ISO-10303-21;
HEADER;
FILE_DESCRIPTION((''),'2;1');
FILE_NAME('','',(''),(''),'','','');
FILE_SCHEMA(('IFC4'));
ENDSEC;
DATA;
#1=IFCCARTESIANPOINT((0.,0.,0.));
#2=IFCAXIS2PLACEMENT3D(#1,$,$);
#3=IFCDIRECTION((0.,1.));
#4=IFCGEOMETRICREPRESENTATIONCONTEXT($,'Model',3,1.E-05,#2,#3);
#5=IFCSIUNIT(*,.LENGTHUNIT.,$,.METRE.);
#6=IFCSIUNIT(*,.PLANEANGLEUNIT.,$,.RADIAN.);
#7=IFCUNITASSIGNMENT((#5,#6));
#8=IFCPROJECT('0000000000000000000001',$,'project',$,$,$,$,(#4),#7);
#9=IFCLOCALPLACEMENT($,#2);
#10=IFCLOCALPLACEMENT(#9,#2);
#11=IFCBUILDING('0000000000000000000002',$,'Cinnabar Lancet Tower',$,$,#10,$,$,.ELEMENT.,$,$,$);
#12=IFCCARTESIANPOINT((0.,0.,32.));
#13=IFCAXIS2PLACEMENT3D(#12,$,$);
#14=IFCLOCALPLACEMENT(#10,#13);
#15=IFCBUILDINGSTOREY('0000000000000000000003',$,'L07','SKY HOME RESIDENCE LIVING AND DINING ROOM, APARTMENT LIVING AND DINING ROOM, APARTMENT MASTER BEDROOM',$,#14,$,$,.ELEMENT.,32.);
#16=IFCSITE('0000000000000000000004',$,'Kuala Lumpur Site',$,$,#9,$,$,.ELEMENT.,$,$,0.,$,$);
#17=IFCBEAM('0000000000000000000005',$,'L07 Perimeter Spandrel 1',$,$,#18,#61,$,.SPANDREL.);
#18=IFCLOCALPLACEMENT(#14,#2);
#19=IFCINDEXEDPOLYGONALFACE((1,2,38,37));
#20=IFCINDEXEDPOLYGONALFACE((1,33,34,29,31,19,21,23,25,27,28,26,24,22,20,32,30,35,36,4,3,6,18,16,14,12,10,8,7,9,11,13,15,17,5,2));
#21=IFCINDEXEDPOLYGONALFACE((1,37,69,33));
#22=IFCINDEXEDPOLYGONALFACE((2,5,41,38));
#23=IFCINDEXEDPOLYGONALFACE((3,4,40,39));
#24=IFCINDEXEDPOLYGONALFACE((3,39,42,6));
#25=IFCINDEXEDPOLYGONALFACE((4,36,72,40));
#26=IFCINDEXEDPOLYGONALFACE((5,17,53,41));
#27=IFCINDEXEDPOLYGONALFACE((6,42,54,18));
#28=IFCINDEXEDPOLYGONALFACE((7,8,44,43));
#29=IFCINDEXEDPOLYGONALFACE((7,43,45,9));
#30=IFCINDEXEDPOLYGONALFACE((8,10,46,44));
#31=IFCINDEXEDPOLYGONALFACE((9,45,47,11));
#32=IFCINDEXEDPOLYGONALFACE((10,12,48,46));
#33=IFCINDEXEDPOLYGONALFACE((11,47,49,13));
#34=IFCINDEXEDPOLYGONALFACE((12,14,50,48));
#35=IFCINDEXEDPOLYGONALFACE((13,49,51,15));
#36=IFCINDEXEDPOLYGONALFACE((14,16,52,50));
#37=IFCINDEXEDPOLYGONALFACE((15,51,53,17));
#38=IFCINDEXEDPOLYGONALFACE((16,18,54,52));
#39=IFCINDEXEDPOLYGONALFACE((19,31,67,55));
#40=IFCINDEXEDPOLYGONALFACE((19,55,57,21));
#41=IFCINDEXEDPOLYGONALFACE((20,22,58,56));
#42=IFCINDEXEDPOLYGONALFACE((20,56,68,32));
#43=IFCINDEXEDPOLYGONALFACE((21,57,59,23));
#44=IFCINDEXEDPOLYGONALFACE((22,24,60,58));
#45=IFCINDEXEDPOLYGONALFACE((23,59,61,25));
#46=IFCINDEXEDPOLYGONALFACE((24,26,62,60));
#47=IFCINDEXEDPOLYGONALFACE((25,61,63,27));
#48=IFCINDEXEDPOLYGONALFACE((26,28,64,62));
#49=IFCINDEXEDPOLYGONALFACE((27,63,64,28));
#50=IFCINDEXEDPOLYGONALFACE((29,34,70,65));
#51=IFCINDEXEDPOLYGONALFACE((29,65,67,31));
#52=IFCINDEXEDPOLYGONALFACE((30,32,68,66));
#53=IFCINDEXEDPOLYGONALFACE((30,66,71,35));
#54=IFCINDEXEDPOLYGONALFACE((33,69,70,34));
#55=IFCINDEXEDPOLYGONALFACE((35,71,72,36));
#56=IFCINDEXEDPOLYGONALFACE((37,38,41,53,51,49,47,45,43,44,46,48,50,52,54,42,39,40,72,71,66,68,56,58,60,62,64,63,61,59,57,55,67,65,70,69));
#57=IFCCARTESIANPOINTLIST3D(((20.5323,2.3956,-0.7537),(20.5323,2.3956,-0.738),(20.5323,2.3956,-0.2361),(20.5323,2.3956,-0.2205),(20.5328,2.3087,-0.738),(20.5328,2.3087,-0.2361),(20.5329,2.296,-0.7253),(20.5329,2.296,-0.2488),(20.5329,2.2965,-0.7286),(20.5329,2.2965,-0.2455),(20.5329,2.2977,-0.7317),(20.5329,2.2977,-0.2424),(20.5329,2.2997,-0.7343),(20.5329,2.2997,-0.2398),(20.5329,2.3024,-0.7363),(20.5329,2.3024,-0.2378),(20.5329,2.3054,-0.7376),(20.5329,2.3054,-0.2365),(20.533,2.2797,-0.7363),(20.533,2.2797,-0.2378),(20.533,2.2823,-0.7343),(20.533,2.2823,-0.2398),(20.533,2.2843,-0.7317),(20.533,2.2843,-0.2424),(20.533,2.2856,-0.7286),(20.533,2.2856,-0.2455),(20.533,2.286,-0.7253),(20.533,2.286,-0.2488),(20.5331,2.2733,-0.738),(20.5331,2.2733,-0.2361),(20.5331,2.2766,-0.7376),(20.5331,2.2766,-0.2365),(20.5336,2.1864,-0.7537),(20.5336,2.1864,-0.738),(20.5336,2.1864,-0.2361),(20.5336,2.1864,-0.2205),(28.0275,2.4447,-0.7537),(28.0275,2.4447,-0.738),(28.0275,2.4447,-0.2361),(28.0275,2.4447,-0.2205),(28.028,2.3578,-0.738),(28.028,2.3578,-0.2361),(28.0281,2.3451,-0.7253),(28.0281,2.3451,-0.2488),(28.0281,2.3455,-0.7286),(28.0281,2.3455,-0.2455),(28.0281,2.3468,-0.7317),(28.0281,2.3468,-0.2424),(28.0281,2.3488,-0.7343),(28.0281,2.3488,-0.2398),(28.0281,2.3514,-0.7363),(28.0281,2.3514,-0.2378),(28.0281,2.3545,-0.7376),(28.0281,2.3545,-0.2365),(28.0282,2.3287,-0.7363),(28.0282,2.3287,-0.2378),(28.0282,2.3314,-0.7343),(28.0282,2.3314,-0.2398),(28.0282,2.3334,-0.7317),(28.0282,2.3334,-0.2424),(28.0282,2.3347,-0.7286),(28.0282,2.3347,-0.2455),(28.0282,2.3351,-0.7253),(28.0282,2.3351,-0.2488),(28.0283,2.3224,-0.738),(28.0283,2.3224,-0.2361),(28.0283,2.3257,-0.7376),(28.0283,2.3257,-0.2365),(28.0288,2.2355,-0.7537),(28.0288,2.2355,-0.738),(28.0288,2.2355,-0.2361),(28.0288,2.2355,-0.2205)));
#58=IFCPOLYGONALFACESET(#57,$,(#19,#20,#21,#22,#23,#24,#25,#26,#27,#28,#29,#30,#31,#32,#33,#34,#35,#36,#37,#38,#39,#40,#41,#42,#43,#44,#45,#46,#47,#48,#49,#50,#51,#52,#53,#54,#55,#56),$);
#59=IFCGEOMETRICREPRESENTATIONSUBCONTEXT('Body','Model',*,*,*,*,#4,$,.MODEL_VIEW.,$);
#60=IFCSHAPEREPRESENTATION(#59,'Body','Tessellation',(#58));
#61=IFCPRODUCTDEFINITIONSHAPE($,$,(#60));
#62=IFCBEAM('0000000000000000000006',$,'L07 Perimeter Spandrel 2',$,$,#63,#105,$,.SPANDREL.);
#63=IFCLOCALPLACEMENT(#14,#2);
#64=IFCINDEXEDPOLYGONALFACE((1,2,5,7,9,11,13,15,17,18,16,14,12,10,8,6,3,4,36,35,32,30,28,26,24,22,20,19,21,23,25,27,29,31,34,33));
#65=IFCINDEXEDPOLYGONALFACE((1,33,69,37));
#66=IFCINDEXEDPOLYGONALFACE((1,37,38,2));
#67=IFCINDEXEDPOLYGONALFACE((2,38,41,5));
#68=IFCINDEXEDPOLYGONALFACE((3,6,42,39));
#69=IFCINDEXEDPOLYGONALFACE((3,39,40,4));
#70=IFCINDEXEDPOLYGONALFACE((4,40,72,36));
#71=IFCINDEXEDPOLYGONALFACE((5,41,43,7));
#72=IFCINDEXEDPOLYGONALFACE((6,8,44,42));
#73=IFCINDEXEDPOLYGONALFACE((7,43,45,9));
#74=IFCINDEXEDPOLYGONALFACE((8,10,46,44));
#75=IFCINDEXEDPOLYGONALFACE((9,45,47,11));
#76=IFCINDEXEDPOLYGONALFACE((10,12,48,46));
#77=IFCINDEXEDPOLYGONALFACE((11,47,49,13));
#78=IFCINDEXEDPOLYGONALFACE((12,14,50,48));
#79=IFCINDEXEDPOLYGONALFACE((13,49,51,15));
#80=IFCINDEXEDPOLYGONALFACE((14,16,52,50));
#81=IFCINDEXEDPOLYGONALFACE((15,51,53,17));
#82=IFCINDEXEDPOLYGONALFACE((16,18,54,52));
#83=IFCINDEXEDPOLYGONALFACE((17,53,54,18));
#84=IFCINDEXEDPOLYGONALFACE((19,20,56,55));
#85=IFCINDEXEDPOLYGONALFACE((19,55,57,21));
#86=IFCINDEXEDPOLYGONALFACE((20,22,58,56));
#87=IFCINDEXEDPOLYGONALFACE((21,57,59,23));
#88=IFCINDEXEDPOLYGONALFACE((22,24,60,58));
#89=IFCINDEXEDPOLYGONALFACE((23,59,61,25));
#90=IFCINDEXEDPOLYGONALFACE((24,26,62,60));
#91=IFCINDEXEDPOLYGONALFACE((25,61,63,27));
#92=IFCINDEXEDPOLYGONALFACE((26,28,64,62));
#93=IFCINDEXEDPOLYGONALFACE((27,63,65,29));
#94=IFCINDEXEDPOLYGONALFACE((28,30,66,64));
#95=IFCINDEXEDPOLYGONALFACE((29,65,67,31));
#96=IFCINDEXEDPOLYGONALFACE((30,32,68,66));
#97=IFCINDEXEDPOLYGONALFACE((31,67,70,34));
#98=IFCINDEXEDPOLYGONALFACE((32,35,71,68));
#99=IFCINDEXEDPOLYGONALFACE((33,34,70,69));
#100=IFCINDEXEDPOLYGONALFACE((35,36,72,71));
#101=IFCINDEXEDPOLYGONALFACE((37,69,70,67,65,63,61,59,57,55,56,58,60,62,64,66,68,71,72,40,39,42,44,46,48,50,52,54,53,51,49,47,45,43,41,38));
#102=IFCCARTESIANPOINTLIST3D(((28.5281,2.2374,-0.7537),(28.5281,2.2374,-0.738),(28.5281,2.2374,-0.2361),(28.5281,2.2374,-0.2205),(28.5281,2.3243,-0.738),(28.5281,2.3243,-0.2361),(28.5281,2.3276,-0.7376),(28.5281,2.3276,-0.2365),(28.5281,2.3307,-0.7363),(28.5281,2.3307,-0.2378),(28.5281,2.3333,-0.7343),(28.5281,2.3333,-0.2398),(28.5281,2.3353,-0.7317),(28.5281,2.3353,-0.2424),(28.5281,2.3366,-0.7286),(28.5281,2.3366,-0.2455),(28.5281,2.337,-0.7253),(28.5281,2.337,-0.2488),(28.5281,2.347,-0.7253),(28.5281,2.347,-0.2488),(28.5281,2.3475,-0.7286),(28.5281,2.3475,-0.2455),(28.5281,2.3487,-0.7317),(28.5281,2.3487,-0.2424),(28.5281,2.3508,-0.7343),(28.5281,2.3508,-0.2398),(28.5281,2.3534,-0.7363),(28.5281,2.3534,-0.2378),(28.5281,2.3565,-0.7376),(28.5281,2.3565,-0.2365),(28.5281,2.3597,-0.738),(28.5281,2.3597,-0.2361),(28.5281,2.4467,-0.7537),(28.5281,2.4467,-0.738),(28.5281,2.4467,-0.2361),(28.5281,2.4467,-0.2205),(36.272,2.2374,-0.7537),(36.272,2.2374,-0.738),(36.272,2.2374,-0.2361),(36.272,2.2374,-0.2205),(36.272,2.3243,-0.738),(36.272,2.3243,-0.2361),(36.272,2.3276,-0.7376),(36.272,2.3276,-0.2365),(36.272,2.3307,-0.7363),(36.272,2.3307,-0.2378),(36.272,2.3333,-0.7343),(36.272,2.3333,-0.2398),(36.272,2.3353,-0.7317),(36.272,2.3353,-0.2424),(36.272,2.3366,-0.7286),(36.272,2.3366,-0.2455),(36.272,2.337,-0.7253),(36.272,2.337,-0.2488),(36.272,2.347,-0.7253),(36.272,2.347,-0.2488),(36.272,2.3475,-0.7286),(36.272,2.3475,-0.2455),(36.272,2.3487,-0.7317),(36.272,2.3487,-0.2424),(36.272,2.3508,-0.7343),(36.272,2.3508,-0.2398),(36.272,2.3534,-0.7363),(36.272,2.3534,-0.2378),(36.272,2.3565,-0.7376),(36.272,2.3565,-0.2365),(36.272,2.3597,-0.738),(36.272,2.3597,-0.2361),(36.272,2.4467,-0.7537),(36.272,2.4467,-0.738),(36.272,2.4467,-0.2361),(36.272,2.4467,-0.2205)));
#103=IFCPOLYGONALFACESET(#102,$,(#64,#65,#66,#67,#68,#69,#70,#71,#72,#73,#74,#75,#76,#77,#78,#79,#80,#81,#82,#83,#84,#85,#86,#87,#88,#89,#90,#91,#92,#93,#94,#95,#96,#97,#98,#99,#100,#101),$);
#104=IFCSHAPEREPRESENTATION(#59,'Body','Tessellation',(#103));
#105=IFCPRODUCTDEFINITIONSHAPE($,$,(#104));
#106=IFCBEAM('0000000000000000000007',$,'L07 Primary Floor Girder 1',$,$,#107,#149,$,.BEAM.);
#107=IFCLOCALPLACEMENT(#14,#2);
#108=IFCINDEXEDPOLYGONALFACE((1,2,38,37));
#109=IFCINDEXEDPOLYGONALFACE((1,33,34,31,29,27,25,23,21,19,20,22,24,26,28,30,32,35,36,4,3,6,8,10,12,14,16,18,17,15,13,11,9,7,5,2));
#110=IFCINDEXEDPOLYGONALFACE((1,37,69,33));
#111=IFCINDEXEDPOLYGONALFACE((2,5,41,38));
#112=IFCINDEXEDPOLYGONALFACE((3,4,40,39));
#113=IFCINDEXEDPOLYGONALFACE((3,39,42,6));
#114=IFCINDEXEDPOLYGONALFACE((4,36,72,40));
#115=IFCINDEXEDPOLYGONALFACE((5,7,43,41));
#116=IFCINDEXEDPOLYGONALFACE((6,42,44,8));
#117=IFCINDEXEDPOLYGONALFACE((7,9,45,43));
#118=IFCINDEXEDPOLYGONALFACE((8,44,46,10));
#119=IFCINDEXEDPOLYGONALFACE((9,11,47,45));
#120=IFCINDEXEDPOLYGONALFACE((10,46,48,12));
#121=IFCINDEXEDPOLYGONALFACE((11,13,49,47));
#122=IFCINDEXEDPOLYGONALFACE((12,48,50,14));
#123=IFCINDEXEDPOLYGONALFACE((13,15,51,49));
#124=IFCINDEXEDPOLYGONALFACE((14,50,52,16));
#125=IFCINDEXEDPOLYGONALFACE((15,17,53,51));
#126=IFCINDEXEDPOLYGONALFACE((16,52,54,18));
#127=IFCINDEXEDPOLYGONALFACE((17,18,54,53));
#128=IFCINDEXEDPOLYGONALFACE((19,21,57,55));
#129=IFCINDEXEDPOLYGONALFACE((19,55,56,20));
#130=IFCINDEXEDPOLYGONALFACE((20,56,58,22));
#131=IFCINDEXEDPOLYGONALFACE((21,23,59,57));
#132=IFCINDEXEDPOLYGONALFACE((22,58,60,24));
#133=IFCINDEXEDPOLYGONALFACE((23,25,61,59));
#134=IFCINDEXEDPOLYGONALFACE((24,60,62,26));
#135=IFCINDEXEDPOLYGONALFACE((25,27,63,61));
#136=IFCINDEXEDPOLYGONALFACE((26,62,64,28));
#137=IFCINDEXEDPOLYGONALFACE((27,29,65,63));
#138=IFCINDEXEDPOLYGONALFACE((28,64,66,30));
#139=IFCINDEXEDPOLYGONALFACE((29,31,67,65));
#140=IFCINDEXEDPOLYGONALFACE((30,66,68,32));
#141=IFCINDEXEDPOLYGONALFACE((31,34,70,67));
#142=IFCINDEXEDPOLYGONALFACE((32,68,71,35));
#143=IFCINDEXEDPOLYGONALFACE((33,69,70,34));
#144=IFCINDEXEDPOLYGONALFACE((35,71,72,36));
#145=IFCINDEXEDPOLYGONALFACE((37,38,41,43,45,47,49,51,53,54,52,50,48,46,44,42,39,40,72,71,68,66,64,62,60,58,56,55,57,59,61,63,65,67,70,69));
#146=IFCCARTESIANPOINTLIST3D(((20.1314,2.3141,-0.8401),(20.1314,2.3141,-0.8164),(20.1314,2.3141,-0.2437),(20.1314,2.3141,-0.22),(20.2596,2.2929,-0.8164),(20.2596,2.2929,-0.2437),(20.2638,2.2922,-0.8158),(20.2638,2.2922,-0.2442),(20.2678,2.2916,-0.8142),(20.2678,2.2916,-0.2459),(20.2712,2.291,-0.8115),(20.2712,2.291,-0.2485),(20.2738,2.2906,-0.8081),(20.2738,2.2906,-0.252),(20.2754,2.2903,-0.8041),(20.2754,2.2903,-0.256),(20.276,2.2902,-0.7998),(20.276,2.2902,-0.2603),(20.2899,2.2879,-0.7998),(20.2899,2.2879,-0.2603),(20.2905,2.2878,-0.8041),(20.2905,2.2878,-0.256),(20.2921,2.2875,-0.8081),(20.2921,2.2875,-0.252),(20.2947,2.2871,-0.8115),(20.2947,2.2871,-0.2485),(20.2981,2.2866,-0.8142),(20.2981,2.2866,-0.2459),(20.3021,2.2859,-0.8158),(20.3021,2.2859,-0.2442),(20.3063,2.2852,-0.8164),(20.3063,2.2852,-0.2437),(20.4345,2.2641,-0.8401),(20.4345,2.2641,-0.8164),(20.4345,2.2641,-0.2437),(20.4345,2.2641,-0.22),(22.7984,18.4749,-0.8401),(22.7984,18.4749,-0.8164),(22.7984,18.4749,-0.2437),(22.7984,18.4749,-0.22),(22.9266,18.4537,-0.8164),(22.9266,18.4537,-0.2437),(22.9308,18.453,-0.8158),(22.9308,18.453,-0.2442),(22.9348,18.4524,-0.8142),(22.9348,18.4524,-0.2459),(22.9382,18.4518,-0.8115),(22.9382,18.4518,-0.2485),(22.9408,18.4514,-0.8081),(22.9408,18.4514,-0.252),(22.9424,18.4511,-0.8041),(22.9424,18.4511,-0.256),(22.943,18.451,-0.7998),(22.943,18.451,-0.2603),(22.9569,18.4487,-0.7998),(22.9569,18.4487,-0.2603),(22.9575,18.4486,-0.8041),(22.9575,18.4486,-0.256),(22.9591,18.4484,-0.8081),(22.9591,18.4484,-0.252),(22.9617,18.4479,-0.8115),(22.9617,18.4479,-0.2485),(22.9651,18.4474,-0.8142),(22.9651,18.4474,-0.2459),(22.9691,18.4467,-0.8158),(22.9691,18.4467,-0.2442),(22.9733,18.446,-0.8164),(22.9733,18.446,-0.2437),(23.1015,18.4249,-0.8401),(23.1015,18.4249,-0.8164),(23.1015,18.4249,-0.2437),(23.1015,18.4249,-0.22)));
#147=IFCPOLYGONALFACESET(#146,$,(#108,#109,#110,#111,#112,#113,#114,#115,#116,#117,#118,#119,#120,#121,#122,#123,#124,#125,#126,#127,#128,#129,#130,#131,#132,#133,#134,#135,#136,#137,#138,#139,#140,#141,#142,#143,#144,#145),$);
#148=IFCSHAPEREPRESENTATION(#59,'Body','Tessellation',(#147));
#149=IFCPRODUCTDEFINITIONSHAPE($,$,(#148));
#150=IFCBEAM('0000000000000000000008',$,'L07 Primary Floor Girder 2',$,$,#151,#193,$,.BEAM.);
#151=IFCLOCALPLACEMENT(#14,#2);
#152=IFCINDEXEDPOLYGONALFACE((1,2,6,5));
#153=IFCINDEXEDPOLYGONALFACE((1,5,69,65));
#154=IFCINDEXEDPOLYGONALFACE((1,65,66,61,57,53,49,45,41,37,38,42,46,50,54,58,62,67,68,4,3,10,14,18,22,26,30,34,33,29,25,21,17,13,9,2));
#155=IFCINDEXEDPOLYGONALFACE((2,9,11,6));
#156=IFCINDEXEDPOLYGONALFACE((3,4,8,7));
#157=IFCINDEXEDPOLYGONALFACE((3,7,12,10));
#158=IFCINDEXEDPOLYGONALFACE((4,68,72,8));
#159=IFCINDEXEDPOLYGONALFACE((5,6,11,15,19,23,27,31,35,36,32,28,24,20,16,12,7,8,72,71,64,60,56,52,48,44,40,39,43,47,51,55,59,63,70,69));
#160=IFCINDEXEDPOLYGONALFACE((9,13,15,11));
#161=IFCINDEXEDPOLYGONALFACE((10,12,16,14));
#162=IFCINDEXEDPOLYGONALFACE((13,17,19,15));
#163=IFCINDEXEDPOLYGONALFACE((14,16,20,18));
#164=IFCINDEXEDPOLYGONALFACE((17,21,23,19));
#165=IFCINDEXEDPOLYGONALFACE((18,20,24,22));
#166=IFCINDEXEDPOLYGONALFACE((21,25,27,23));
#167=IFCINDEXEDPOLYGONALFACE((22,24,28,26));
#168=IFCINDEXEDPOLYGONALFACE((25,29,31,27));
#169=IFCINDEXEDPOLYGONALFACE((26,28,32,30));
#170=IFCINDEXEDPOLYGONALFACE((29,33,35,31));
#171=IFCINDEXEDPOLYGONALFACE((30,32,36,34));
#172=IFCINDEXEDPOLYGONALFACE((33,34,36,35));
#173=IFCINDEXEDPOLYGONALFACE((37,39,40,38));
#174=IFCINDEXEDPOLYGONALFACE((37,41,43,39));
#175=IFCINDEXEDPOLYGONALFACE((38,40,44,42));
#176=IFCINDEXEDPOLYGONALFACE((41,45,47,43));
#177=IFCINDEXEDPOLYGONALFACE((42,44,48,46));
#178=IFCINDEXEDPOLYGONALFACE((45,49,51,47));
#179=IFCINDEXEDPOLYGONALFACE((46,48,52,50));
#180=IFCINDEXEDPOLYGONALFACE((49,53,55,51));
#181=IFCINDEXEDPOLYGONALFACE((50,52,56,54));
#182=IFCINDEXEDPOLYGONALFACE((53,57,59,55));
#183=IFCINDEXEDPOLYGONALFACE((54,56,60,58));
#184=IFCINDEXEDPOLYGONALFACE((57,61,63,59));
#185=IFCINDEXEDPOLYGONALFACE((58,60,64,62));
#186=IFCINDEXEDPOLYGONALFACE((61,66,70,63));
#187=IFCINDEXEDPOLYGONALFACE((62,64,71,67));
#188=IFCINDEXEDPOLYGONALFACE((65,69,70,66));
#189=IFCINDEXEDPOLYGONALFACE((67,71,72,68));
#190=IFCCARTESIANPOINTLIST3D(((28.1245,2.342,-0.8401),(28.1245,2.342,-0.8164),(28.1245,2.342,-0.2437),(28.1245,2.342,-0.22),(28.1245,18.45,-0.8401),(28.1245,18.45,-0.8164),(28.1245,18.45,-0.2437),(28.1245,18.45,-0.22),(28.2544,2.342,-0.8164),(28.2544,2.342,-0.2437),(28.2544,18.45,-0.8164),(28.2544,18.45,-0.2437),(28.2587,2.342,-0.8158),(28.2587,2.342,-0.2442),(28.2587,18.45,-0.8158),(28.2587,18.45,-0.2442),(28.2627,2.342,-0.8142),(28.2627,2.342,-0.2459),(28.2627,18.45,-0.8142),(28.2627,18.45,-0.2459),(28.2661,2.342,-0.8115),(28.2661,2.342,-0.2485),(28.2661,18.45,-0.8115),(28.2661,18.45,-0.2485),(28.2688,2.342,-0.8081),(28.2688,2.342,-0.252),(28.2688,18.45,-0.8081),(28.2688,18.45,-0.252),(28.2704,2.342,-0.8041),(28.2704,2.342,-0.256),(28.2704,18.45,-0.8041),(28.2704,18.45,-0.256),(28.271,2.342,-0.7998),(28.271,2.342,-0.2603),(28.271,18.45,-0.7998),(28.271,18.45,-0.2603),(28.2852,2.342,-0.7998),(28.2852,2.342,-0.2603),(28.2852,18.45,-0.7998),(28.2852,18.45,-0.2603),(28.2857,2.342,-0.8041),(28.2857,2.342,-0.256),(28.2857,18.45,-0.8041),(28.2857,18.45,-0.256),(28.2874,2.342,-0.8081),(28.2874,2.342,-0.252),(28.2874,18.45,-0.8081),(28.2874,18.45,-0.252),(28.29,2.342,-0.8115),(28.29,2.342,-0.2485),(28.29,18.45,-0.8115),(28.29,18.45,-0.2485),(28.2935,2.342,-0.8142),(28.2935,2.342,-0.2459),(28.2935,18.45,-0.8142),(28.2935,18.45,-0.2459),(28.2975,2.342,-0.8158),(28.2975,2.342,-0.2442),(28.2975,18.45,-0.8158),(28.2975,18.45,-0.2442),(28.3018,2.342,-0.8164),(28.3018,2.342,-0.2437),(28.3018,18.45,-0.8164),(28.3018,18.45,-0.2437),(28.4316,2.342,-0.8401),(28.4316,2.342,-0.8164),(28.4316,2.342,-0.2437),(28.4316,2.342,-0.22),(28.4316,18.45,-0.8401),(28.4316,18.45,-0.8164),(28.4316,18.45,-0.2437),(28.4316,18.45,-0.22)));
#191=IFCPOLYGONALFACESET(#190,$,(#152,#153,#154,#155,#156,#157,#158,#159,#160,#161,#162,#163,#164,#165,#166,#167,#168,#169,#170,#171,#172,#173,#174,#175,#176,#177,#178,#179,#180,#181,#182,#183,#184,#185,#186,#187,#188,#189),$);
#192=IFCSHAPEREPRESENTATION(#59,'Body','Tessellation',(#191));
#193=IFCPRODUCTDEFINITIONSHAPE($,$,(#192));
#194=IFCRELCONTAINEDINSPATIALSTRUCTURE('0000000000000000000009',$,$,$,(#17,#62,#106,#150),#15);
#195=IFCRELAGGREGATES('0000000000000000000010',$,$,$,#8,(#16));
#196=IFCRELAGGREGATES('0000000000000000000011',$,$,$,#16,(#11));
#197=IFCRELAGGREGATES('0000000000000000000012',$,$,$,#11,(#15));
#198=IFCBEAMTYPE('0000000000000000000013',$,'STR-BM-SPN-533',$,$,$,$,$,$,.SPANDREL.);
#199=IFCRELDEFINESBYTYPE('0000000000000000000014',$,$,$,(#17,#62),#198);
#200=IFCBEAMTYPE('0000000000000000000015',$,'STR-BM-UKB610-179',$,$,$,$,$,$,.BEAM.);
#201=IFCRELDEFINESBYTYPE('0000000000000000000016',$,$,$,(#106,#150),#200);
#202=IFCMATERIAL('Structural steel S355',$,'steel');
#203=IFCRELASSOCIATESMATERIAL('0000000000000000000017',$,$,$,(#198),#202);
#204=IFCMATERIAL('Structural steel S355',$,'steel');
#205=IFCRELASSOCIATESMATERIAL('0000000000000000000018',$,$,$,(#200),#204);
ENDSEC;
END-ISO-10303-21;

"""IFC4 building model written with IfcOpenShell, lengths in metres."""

from ifc_helpers import new_model, si_unit, direction, frame, origin, origin_2d, place, context, subcontext, project, spatial, i_section, extrude, material, material_profile, profile_set, type_object, element, save


model = new_model("IFC4")

# Units and contexts
model_context = context("Model", 3, precision=1e-05, world=origin(), true_north=direction((0.0, 1.0)))
body_context = subcontext(model_context, "Body", "Model", "MODEL_VIEW")
ifc_project = project(units=[si_unit("LENGTHUNIT", "METRE"), si_unit("PLANEANGLEUNIT", "RADIAN")], contexts=[model_context])

# Site, building, storey
site_placement = place(None, origin())
site = spatial("IfcSite", under=ifc_project, at=site_placement, Name="Kuala Lumpur Site", CompositionType="ELEMENT", RefElevation=0.0)
building_placement = place(site_placement, origin())
building = spatial("IfcBuilding", under=site, at=building_placement, Name="Cinnabar Lancet Tower", CompositionType="ELEMENT")
storey_placement = place(building_placement, frame((0.0, 0.0, 32.0)))
storey = spatial("IfcBuildingStorey", under=building, at=storey_placement, Name="L07", Description="SKY HOME RESIDENCE LIVING AND DINING ROOM, APARTMENT LIVING AND DINING ROOM, APARTMENT MASTER BEDROOM", CompositionType="ELEMENT", Elevation=32.0)

# Beams
ifc_material_1 = material(Name="Structural steel S355", Category="steel")
ifc_material_profile_1 = material_profile(ifc_material_1, i_section(OverallWidth=0.2092, OverallDepth=0.5332, WebThickness=0.01, FlangeThickness=0.0156, FilletRadius=0.0127, at=origin_2d()), Name="UKB 533x210x92")
ifc_profile_set_1 = profile_set([ifc_material_profile_1], Name="Structural steel S355")
beam_type_1 = type_object("IfcBeamType", Name="STR-BM-SPN-533", PredefinedType="SPANDREL", material=ifc_profile_set_1)
beam_1_placement = place(storey_placement, frame((20.533, 2.291, -0.4871), z_axis=(0.999979, 0.006547, 0.0), x_axis=(-0.006547, 0.999979, 0.0)))
element("IfcBeam", 1, at=beam_1_placement, inside=storey, type_object=beam_type_1, Name="L07 Perimeter Spandrel 1", PredefinedType="SPANDREL", context=body_context, shape_type="SweptSolid", body=[
    extrude(i_section(OverallWidth=0.2092, OverallDepth=0.5332, WebThickness=0.01, FlangeThickness=0.0156, FilletRadius=0.0127, at=origin_2d()), origin(), (0.0, 0.0, 1.0), 7.4954),
])
beam_2_placement = place(storey_placement, frame((28.5281, 2.342, -0.4871), z_axis=(1.0, 0.0, 0.0), x_axis=(0.0, 1.0, 0.0)))
element("IfcBeam", 2, at=beam_2_placement, inside=storey, type_object=beam_type_1, Name="L07 Perimeter Spandrel 2", PredefinedType="SPANDREL", context=body_context, shape_type="SweptSolid", body=[
    extrude(i_section(OverallWidth=0.2092, OverallDepth=0.5332, WebThickness=0.01, FlangeThickness=0.0156, FilletRadius=0.0127, at=origin_2d()), origin(), (0.0, 0.0, 1.0), 7.7439),
])
ifc_material_2 = material(Name="Structural steel S355", Category="steel")
ifc_material_profile_2 = material_profile(ifc_material_2, i_section(OverallWidth=0.3071, OverallDepth=0.6201, WebThickness=0.0142, FlangeThickness=0.0237, FilletRadius=0.0166, at=origin_2d()), Name="UKB 610x305x179")
ifc_profile_set_2 = profile_set([ifc_material_profile_2], Name="Structural steel S355")
beam_type_2 = type_object("IfcBeamType", Name="STR-BM-UKB610-179", PredefinedType="BEAM", material=ifc_profile_set_2)
beam_3_placement = place(storey_placement, frame((20.283, 2.2891, -0.53), z_axis=(0.162825, 0.986655, 0.0), x_axis=(-0.986655, 0.162825, 0.0)))
element("IfcBeam", 3, at=beam_3_placement, inside=storey, type_object=beam_type_2, Name="L07 Primary Floor Girder 1", PredefinedType="BEAM", context=body_context, shape_type="SweptSolid", body=[
    extrude(i_section(OverallWidth=0.3071, OverallDepth=0.6201, WebThickness=0.0142, FlangeThickness=0.0237, FilletRadius=0.0166, at=origin_2d()), origin(), (0.0, 0.0, 1.0), 16.3794),
])
beam_4_placement = place(storey_placement, frame((28.2781, 2.342, -0.53), z_axis=(0.0, 1.0, 0.0), x_axis=(-1.0, 0.0, 0.0)))
element("IfcBeam", 4, at=beam_4_placement, inside=storey, type_object=beam_type_2, Name="L07 Primary Floor Girder 2", PredefinedType="BEAM", context=body_context, shape_type="SweptSolid", body=[
    extrude(i_section(OverallWidth=0.3071, OverallDepth=0.6201, WebThickness=0.0142, FlangeThickness=0.0237, FilletRadius=0.0166, at=origin_2d()), origin(), (0.0, 0.0, 1.0), 16.1079),
])

save(model, "model.ifc")
